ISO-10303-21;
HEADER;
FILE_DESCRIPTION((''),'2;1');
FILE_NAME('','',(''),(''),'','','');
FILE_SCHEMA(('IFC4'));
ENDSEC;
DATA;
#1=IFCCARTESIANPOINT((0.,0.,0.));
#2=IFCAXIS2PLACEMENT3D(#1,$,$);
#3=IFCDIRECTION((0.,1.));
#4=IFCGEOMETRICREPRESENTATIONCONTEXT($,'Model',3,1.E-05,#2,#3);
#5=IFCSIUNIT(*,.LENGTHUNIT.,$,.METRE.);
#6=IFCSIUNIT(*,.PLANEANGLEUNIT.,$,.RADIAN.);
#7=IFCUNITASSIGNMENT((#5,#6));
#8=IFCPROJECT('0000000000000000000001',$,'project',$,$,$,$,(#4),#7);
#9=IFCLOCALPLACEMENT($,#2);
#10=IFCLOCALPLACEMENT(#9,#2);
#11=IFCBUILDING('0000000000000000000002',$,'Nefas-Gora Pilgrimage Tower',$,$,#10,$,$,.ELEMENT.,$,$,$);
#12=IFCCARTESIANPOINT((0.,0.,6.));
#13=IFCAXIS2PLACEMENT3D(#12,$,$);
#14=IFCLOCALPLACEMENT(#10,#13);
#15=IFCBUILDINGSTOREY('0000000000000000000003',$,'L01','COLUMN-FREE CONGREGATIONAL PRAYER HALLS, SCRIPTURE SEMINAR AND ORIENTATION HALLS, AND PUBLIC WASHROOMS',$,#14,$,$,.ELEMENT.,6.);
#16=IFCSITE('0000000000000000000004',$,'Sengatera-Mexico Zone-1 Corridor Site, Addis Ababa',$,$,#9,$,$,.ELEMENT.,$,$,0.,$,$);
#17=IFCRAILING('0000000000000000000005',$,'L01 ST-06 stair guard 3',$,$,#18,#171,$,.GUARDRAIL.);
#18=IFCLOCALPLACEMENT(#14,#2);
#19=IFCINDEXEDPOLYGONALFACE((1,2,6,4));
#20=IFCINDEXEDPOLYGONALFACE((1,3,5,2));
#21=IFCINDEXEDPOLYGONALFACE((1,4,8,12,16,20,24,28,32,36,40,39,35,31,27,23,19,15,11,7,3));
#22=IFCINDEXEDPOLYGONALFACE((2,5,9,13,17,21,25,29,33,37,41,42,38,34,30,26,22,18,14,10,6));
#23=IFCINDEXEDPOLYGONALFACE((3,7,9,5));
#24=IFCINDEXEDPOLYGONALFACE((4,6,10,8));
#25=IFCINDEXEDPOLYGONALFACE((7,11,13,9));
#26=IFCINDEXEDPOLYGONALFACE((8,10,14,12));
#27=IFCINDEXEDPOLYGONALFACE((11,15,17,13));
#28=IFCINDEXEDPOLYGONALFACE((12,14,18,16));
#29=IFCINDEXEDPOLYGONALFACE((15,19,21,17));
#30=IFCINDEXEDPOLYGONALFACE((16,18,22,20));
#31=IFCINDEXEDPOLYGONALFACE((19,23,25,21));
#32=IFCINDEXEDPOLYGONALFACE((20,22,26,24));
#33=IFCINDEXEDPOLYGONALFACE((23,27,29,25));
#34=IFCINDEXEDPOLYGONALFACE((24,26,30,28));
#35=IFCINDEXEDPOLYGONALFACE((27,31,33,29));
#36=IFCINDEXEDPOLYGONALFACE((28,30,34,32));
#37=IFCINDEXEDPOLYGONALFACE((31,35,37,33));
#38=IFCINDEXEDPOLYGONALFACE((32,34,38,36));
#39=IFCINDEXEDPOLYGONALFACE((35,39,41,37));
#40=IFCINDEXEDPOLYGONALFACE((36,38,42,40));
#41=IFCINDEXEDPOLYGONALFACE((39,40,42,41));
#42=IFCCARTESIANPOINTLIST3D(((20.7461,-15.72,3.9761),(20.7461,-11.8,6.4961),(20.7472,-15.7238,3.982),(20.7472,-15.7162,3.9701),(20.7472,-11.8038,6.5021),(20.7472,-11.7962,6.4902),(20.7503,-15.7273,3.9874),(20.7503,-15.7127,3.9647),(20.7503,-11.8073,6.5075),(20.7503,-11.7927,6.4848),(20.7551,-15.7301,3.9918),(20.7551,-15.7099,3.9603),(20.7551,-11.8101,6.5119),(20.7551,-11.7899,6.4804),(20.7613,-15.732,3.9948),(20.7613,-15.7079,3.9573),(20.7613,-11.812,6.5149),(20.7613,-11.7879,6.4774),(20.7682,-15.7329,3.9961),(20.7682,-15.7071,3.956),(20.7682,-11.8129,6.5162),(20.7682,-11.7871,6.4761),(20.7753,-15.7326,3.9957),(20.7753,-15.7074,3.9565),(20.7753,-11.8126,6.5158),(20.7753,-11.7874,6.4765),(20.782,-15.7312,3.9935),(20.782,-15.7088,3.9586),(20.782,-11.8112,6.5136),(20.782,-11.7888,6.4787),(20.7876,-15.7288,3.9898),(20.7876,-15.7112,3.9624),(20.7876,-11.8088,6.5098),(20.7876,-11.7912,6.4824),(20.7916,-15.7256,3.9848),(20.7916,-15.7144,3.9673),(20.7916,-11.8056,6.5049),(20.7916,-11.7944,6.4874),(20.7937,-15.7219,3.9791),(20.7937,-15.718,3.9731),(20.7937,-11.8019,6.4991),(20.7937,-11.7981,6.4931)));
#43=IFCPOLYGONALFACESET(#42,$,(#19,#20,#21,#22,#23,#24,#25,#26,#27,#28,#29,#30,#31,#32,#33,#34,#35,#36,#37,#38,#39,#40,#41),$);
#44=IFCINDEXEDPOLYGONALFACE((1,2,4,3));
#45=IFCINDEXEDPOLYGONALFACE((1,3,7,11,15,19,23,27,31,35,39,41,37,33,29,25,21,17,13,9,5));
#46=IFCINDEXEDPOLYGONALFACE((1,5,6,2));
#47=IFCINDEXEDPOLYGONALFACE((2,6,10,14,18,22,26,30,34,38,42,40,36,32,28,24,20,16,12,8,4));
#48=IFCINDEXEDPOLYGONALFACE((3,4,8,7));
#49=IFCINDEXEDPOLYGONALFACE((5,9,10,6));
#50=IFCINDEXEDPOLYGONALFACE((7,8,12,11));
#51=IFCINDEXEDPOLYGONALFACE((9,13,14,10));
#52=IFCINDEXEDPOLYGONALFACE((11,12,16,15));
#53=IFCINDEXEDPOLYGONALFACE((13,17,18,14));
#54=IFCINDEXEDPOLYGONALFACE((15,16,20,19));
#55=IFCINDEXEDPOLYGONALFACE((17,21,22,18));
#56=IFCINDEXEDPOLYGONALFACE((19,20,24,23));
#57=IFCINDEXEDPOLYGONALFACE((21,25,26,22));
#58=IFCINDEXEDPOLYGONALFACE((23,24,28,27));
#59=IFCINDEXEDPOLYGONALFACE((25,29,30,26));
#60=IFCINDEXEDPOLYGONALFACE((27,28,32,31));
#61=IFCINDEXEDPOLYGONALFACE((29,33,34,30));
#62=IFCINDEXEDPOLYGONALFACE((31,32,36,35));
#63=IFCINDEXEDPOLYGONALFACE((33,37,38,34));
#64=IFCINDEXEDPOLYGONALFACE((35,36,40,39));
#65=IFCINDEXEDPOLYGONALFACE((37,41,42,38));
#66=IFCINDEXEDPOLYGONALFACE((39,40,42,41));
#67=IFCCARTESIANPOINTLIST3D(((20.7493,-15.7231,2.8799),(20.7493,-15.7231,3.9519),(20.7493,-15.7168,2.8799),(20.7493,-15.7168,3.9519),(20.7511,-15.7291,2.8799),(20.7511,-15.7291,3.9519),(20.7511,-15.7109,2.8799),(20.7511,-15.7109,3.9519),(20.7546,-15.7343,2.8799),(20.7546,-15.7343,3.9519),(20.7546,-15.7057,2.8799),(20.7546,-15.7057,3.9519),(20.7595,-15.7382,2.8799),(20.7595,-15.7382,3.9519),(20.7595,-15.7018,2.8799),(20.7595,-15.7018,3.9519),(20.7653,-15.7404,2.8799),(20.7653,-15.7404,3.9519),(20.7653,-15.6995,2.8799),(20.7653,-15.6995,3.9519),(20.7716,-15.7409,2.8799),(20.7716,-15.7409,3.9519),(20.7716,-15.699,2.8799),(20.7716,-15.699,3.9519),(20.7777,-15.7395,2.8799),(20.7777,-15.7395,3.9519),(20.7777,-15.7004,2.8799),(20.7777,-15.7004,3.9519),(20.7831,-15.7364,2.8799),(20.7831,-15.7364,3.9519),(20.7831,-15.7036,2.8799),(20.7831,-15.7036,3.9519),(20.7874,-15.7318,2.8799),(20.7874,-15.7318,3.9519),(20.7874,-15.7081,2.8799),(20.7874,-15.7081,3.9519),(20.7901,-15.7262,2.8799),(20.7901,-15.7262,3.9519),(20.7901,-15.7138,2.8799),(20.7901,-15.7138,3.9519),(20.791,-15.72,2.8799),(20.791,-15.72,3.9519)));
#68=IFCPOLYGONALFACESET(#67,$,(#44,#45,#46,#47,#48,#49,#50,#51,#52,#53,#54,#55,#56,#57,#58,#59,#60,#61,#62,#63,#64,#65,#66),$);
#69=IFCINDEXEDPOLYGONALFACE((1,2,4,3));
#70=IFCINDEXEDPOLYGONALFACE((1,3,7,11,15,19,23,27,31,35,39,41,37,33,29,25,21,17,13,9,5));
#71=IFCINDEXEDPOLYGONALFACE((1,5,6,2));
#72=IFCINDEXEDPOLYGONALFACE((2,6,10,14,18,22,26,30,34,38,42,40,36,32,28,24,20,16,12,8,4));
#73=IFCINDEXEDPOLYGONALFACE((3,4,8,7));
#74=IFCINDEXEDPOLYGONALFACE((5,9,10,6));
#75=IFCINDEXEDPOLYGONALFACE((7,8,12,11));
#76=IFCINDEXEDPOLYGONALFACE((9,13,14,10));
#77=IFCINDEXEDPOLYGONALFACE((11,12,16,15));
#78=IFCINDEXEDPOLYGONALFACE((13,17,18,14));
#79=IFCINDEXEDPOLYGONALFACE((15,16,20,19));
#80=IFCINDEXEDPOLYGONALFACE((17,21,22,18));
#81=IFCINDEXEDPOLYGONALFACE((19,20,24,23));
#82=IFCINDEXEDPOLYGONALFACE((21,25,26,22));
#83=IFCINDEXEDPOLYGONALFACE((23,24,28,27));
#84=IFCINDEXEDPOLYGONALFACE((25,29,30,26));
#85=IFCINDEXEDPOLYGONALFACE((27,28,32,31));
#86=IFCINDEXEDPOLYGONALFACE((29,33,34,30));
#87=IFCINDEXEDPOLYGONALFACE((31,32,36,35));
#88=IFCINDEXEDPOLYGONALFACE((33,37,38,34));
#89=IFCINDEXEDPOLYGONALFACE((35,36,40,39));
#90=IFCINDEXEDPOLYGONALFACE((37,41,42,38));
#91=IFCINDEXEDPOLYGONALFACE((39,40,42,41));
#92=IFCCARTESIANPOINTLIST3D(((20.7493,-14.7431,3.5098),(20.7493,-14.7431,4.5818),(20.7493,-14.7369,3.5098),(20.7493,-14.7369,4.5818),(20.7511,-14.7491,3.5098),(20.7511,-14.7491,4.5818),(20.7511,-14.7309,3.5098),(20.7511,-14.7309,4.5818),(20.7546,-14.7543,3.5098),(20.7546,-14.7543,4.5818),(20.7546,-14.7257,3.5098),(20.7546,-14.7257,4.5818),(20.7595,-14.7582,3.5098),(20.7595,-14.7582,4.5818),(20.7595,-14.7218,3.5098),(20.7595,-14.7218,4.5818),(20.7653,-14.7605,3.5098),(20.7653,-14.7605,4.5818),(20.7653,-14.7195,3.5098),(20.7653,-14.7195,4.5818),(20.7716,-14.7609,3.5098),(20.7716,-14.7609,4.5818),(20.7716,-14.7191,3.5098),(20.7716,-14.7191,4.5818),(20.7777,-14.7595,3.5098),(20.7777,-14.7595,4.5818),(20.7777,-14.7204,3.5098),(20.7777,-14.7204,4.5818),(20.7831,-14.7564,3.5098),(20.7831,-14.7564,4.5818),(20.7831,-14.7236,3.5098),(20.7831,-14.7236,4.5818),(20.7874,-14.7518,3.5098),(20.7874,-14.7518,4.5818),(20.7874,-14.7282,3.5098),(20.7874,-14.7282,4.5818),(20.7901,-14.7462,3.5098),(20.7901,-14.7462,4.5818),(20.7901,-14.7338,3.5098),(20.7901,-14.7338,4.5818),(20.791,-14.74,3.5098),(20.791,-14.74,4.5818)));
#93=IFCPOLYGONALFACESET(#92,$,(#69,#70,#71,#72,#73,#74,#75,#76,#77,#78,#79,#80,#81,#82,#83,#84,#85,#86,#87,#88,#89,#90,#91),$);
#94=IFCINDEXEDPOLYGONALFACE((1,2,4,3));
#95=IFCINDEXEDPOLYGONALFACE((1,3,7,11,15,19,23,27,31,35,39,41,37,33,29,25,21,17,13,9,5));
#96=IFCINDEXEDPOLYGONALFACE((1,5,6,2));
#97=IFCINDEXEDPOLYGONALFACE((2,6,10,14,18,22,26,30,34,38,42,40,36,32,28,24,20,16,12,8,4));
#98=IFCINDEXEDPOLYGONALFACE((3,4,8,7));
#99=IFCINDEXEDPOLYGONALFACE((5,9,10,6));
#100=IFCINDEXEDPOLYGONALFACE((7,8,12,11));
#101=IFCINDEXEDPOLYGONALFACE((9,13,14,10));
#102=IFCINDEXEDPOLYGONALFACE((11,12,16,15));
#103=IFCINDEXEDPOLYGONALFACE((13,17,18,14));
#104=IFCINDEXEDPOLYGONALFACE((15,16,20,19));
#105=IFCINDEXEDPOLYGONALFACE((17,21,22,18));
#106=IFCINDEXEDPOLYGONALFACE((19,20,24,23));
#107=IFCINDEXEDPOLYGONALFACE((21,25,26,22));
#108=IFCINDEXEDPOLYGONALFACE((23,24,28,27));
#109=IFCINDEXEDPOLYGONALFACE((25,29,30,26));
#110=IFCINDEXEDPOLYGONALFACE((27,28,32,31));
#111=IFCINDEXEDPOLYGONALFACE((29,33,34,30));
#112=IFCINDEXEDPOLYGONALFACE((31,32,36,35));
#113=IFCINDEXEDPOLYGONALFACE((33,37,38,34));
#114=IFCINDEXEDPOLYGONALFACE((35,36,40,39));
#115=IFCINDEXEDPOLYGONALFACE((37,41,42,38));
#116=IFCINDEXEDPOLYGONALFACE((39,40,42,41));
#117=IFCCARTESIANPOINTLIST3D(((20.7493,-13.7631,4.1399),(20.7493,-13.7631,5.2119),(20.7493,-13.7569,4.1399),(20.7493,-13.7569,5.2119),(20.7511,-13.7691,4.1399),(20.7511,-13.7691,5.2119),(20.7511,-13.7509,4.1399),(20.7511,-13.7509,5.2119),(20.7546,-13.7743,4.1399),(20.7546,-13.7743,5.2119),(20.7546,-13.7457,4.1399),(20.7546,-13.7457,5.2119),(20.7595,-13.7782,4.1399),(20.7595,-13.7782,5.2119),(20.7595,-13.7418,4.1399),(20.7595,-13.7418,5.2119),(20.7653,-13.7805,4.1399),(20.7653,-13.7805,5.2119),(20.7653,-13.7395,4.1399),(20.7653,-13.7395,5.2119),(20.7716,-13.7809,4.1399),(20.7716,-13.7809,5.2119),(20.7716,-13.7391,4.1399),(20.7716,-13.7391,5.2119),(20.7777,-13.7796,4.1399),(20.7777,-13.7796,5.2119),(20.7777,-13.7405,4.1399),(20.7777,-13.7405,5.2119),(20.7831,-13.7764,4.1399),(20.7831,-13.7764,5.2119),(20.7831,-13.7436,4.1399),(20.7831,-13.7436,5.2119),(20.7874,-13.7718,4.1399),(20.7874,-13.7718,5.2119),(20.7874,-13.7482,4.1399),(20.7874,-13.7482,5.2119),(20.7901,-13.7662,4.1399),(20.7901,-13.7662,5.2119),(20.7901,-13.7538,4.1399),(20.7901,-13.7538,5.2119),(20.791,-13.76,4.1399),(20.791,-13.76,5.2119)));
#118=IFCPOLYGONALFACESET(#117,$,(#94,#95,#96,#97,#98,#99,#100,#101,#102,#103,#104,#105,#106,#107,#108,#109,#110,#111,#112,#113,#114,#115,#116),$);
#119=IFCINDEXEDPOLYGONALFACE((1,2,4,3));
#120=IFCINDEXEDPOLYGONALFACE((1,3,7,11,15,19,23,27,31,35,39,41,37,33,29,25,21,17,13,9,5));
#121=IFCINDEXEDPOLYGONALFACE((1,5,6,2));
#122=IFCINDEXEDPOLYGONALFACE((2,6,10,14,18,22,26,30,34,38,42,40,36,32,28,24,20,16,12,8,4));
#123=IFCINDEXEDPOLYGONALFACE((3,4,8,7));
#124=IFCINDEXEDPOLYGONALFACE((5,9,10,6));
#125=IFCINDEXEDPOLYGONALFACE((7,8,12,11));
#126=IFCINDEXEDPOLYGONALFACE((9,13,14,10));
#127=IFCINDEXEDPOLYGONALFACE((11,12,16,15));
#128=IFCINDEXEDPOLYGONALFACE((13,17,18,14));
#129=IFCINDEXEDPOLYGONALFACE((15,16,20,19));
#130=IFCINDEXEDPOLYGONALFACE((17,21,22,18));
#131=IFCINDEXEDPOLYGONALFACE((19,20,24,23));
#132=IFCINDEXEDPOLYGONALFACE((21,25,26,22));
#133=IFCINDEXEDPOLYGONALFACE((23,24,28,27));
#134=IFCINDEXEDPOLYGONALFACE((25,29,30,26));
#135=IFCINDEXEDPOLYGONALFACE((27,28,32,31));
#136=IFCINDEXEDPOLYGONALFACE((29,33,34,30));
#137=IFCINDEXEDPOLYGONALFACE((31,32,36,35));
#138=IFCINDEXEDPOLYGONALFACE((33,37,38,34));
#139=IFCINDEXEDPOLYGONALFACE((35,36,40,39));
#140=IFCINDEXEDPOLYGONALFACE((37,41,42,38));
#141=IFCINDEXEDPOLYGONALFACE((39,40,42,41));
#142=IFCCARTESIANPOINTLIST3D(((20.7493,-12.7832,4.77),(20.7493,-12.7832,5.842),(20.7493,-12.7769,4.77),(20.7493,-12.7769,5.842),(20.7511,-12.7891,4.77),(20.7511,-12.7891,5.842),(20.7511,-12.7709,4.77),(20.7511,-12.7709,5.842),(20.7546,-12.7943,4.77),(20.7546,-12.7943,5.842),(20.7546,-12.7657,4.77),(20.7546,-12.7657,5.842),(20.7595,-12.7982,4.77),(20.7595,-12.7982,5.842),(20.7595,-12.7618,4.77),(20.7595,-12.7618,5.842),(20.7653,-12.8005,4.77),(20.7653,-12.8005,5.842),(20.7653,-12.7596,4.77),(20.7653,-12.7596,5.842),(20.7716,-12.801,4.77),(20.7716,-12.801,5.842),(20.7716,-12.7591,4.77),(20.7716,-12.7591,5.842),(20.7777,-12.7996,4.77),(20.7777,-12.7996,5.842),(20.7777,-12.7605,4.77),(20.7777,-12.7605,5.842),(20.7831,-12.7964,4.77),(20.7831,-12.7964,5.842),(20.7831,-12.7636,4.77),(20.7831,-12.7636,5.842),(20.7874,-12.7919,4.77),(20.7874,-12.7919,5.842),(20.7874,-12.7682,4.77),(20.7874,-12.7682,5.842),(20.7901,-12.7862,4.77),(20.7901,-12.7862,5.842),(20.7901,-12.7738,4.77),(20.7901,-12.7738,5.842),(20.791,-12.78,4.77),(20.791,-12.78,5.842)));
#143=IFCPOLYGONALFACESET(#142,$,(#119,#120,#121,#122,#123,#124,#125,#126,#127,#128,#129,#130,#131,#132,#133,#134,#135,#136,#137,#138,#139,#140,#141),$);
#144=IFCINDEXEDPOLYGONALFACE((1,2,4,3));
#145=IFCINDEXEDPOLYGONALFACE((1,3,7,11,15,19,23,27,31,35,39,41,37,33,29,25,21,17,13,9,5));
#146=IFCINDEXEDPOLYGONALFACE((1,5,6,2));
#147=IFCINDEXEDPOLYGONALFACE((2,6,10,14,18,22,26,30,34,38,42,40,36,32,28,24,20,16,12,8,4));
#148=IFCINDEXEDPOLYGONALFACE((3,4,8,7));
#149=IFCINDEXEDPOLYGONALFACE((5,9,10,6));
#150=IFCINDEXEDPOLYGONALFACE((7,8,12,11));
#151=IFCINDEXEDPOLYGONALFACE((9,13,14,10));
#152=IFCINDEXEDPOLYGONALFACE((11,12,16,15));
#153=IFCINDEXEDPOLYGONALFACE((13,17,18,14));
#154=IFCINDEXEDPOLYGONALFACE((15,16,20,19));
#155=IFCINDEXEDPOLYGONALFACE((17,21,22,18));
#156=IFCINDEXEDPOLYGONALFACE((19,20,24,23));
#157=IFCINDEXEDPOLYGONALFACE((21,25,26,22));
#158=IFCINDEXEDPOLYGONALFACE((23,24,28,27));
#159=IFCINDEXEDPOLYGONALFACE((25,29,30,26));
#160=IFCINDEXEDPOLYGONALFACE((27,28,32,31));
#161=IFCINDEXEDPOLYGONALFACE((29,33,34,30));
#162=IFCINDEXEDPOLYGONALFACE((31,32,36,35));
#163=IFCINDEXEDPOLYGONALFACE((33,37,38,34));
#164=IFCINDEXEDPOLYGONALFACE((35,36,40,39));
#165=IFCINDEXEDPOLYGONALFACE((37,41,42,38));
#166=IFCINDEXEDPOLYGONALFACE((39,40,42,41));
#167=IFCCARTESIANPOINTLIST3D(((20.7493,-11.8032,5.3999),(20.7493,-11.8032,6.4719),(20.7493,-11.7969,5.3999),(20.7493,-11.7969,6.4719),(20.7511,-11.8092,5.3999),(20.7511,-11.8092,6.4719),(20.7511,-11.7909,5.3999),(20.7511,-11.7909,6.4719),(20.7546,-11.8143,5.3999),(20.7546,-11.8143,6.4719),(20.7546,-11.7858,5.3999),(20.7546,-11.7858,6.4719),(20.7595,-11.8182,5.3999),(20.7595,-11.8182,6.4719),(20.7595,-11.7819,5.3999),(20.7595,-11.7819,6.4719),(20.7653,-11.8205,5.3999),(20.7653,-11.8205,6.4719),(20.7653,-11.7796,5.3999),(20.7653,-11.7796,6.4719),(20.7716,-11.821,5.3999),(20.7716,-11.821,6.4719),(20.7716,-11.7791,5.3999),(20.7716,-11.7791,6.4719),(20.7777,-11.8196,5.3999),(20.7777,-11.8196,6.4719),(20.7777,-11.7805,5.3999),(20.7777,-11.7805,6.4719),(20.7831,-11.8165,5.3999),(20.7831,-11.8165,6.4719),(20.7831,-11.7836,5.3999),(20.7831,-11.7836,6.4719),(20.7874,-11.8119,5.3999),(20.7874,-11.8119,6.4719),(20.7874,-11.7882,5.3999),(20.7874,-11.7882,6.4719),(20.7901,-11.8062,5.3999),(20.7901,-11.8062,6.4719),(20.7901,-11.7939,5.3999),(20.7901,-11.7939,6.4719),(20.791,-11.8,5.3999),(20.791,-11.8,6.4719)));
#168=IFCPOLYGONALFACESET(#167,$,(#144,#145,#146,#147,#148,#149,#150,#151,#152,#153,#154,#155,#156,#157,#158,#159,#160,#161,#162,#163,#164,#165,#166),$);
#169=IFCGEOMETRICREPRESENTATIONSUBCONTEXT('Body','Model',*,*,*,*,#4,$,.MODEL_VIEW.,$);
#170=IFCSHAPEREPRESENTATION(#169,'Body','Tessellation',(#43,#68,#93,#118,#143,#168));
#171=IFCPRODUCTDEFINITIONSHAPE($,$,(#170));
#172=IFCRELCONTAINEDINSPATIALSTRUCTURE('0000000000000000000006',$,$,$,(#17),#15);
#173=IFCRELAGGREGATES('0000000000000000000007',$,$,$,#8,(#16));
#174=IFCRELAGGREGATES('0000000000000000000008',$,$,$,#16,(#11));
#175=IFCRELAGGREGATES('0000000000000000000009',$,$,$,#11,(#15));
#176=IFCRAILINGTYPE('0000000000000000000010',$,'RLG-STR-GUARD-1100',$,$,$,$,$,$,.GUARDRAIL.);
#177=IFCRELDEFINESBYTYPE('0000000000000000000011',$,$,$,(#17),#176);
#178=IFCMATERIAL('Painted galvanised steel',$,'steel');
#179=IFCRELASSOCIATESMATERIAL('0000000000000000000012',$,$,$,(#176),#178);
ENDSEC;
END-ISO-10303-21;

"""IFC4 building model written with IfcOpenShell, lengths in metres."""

from ifc_helpers import new_model, si_unit, direction, frame, origin, origin_2d, place, context, subcontext, project, spatial, circle, extrude, material, type_object, element, save


model = new_model("IFC4")

# Units and contexts
model_context = context("Model", 3, precision=1e-05, world=origin(), true_north=direction((0.0, 1.0)))
body_context = subcontext(model_context, "Body", "Model", "MODEL_VIEW")
ifc_project = project(units=[si_unit("LENGTHUNIT", "METRE"), si_unit("PLANEANGLEUNIT", "RADIAN")], contexts=[model_context])

# Site, building, storey
site_placement = place(None, origin())
site = spatial("IfcSite", under=ifc_project, at=site_placement, Name="Sengatera-Mexico Zone-1 Corridor Site, Addis Ababa", CompositionType="ELEMENT", RefElevation=0.0)
building_placement = place(site_placement, origin())
building = spatial("IfcBuilding", under=site, at=building_placement, Name="Nefas-Gora Pilgrimage Tower", CompositionType="ELEMENT")
storey_placement = place(building_placement, frame((0.0, 0.0, 6.0)))
storey = spatial("IfcBuildingStorey", under=building, at=storey_placement, Name="L01", Description="COLUMN-FREE CONGREGATIONAL PRAYER HALLS, SCRIPTURE SEMINAR AND ORIENTATION HALLS, AND PUBLIC WASHROOMS", CompositionType="ELEMENT", Elevation=6.0)

# Railing
ifc_material_1 = material(Name="Painted galvanised steel", Category="steel")
railing_type_1 = type_object("IfcRailingType", Name="RLG-STR-GUARD-1100", PredefinedType="GUARDRAIL", material=ifc_material_1)
railing_1_placement = place(storey_placement, frame((20.77, -15.72, 2.8799)))
element("IfcRailing", 1, at=railing_1_placement, inside=storey, type_object=railing_type_1, Name="L01 ST-06 stair guard 3", PredefinedType="GUARDRAIL", context=body_context, shape_type="SweptSolid", body=[
    extrude(circle(Radius=0.0239, at=origin_2d()), frame((0.0, 0.0, 1.0962), z_axis=(0.0, 0.841172, 0.540768), x_axis=(-1.0, 0.0, 0.0)), (0.0, 0.0, 1.0), 4.6602),
    extrude(circle(Radius=0.021, at=origin_2d()), origin(), (0.0, 0.0, 1.0), 1.072),
    extrude(circle(Radius=0.021, at=origin_2d()), frame((0.0, 0.98, 0.6299)), (0.0, 0.0, 1.0), 1.072),
    extrude(circle(Radius=0.021, at=origin_2d()), frame((0.0, 1.96, 1.26)), (0.0, 0.0, 1.0), 1.072),
    extrude(circle(Radius=0.021, at=origin_2d()), frame((0.0, 2.9399, 1.8901)), (0.0, 0.0, 1.0), 1.072),
    extrude(circle(Radius=0.021, at=origin_2d()), frame((0.0, 3.9199, 2.52)), (0.0, 0.0, 1.0), 1.072),
])

save(model, "model.ifc")
